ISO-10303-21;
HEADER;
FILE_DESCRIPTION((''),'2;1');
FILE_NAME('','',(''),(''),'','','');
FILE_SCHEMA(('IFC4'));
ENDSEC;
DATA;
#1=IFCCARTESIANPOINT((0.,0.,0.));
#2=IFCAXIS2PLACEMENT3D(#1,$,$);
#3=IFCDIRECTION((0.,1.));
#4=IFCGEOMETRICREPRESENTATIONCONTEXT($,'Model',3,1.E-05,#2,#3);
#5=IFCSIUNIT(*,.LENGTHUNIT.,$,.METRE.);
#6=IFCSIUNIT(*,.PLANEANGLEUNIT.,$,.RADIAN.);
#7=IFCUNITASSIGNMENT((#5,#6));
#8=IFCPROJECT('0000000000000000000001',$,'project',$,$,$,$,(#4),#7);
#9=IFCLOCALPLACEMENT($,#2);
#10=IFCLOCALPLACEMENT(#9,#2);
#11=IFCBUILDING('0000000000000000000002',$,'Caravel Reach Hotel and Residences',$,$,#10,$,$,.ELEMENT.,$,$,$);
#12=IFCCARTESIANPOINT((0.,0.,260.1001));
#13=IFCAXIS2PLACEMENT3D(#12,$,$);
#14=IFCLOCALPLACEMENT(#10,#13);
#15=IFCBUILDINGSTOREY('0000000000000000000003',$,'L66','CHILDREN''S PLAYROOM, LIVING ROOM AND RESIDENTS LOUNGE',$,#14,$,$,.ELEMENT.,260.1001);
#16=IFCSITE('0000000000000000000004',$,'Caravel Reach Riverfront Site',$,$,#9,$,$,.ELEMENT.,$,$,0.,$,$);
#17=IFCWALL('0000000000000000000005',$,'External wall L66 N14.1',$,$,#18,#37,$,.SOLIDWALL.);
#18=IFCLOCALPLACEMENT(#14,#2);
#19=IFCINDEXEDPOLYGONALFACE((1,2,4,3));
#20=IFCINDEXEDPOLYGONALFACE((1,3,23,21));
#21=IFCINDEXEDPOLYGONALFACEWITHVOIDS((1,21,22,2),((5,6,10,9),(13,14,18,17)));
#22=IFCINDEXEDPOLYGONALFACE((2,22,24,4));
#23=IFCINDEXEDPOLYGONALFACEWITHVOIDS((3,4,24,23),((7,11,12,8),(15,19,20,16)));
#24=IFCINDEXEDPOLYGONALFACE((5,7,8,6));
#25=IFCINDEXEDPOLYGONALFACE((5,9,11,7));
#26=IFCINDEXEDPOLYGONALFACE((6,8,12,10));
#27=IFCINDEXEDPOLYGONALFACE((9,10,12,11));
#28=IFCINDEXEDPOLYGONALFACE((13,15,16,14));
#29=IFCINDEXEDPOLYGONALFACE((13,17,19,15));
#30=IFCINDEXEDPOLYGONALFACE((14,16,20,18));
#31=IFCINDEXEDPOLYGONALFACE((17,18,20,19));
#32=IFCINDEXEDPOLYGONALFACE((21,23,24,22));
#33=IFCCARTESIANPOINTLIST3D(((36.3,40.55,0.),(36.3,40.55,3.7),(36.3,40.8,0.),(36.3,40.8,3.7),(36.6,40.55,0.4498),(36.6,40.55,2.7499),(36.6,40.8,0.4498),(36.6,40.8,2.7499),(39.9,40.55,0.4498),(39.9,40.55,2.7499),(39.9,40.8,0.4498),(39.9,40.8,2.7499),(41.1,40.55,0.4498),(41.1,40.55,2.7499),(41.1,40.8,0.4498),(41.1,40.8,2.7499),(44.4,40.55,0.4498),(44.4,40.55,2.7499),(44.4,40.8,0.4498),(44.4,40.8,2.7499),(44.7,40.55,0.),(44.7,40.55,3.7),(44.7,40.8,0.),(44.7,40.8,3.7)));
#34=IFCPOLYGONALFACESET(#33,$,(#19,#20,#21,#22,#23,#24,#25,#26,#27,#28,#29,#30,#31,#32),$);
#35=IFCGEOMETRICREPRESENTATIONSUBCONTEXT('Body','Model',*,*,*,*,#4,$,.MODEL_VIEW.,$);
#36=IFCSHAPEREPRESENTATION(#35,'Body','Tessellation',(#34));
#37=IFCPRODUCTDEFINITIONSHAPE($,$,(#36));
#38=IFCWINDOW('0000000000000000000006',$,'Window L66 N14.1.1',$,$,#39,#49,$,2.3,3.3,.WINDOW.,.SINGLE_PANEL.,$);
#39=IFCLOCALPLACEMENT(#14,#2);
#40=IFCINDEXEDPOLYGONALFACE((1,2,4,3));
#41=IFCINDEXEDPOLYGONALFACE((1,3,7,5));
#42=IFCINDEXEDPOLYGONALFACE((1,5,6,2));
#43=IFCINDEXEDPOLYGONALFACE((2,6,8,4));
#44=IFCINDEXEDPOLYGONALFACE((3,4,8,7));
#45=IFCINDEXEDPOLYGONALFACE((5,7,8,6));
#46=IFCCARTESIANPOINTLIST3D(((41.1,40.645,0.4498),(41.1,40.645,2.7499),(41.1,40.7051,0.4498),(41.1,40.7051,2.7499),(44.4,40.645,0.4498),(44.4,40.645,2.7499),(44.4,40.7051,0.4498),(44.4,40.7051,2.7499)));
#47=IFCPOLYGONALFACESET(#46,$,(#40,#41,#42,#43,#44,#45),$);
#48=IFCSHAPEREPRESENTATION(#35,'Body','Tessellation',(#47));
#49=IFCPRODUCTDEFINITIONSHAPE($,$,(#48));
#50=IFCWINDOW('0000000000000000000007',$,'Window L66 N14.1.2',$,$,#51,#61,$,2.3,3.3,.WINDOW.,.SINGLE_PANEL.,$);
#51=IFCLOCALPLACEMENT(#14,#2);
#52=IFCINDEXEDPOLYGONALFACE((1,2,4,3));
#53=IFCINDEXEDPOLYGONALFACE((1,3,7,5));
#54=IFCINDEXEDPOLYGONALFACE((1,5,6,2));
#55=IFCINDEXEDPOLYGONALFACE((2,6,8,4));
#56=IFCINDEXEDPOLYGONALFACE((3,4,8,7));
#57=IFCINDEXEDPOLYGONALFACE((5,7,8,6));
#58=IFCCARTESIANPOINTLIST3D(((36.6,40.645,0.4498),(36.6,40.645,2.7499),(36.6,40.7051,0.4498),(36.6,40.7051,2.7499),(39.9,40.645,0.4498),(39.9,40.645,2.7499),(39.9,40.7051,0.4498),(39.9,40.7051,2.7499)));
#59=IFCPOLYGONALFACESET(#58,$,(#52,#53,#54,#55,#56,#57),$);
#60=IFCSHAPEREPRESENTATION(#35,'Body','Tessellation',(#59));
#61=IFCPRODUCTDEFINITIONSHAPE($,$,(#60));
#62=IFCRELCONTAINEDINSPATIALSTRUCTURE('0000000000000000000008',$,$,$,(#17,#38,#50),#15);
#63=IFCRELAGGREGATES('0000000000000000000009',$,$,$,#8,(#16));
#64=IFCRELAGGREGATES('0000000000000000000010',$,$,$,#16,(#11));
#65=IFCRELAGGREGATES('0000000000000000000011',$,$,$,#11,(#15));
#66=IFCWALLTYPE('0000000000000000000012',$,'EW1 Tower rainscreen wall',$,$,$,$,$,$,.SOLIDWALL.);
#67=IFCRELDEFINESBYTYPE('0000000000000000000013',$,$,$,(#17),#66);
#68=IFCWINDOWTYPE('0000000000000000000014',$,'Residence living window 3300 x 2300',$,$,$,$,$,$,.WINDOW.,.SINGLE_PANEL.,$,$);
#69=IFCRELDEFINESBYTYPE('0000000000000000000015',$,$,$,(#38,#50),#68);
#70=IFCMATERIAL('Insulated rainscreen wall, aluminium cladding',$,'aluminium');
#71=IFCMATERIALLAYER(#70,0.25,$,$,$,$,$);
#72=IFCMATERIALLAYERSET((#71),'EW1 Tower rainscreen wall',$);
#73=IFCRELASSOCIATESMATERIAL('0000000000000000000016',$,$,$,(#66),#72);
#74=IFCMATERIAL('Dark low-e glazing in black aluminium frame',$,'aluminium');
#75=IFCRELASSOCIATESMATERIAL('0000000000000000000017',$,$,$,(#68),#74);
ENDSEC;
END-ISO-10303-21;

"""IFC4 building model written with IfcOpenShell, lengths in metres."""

from ifc_helpers import new_model, si_unit, direction, frame, frame_2d, origin, place, context, subcontext, project, spatial, rectangle, extrude, material, layer, layer_set, type_object, element, fill, save


model = new_model("IFC4")

# Units and contexts
model_context = context("Model", 3, precision=1e-05, world=origin(), true_north=direction((0.0, 1.0)))
body_context = subcontext(model_context, "Body", "Model", "MODEL_VIEW")
ifc_project = project(units=[si_unit("LENGTHUNIT", "METRE"), si_unit("PLANEANGLEUNIT", "RADIAN")], contexts=[model_context])

# Site, building, storey
site_placement = place(None, origin())
site = spatial("IfcSite", under=ifc_project, at=site_placement, Name="Caravel Reach Riverfront Site", CompositionType="ELEMENT", RefElevation=0.0)
building_placement = place(site_placement, origin())
building = spatial("IfcBuilding", under=site, at=building_placement, Name="Caravel Reach Hotel and Residences", CompositionType="ELEMENT")
storey_placement = place(building_placement, frame((0.0, 0.0, 260.1001)))
storey = spatial("IfcBuildingStorey", under=building, at=storey_placement, Name="L66", Description="CHILDREN'S PLAYROOM, LIVING ROOM AND RESIDENTS LOUNGE", CompositionType="ELEMENT", Elevation=260.1001)

# Shared definitions
ifc_material_1 = material(Name="Insulated rainscreen wall, aluminium cladding", Category="aluminium")
ifc_layer = layer(ifc_material_1, 0.25)
ifc_layer_set = layer_set([ifc_layer], Name="EW1 Tower rainscreen wall")
wall_type = type_object("IfcWallType", Name="EW1 Tower rainscreen wall", PredefinedType="SOLIDWALL", material=ifc_layer_set)

# Wall, openings, windows
wall_1_placement = place(storey_placement, frame((44.7, 40.675, 0.0), z_axis=(0.0, 0.0, 1.0), x_axis=(-1.0, 0.0, 0.0)))
wall_1 = element("IfcWall", 1, at=wall_1_placement, inside=storey, type_object=wall_type, Name="External wall L66 N14.1", PredefinedType="SOLIDWALL", context=body_context, shape_type="SweptSolid", body=[
    extrude(rectangle(XDim=8.3999, YDim=0.25, at=frame_2d((4.2, 0.0))), origin(), (0.0, 0.0, 1.0), 3.7),
])
opening_1_placement = place(wall_1_placement, frame((0.3, 0.0, 0.45)))
opening_1 = element("IfcOpeningElement", 2, at=opening_1_placement, cuts=wall_1, PredefinedType="OPENING", context=body_context, shape_type="SweptSolid", body=[
    extrude(rectangle(XDim=3.3, YDim=2.3, at=frame_2d((1.6499, 1.1499))), frame((0.0, 0.135, 0.0), z_axis=(0.0, -1.0, 0.0), x_axis=(1.0, 0.0, 0.0)), (0.0, 0.0, 1.0), 0.27),
])
opening_2_placement = place(wall_1_placement, frame((4.8, 0.0, 0.45)))
opening_2 = element("IfcOpeningElement", 3, at=opening_2_placement, cuts=wall_1, PredefinedType="OPENING", context=body_context, shape_type="SweptSolid", body=[
    extrude(rectangle(XDim=3.3, YDim=2.3, at=frame_2d((1.6499, 1.1499))), frame((0.0, 0.135, 0.0), z_axis=(0.0, -1.0, 0.0), x_axis=(1.0, 0.0, 0.0)), (0.0, 0.0, 1.0), 0.27),
])
ifc_material_2 = material(Name="Dark low-e glazing in black aluminium frame", Category="aluminium")
window_type_1 = type_object("IfcWindowType", Name="Residence living window 3300 x 2300", PartitioningType="SINGLE_PANEL", PredefinedType="WINDOW", material=ifc_material_2)
window_1_placement = place(opening_1_placement, origin())
window_1 = element("IfcWindow", 4, at=window_1_placement, inside=storey, type_object=window_type_1, Name="Window L66 N14.1.1", OverallHeight=2.3, OverallWidth=3.3, PartitioningType="SINGLE_PANEL", PredefinedType="WINDOW", context=body_context, shape_type="SweptSolid", body=[
    extrude(rectangle(XDim=3.3, YDim=2.3, at=frame_2d((1.6499, 1.1499))), frame((0.0, 0.03, 0.0), z_axis=(0.0, -1.0, 0.0), x_axis=(1.0, 0.0, 0.0)), (0.0, 0.0, 1.0), 0.0601),
])
fill(opening_1, window_1)
window_2_placement = place(opening_2_placement, origin())
window_2 = element("IfcWindow", 5, at=window_2_placement, inside=storey, type_object=window_type_1, Name="Window L66 N14.1.2", OverallHeight=2.3, OverallWidth=3.3, PartitioningType="SINGLE_PANEL", PredefinedType="WINDOW", context=body_context, shape_type="SweptSolid", body=[
    extrude(rectangle(XDim=3.3, YDim=2.3, at=frame_2d((1.6499, 1.1499))), frame((0.0, 0.03, 0.0), z_axis=(0.0, -1.0, 0.0), x_axis=(1.0, 0.0, 0.0)), (0.0, 0.0, 1.0), 0.0601),
])
fill(opening_2, window_2)

save(model, "model.ifc")
